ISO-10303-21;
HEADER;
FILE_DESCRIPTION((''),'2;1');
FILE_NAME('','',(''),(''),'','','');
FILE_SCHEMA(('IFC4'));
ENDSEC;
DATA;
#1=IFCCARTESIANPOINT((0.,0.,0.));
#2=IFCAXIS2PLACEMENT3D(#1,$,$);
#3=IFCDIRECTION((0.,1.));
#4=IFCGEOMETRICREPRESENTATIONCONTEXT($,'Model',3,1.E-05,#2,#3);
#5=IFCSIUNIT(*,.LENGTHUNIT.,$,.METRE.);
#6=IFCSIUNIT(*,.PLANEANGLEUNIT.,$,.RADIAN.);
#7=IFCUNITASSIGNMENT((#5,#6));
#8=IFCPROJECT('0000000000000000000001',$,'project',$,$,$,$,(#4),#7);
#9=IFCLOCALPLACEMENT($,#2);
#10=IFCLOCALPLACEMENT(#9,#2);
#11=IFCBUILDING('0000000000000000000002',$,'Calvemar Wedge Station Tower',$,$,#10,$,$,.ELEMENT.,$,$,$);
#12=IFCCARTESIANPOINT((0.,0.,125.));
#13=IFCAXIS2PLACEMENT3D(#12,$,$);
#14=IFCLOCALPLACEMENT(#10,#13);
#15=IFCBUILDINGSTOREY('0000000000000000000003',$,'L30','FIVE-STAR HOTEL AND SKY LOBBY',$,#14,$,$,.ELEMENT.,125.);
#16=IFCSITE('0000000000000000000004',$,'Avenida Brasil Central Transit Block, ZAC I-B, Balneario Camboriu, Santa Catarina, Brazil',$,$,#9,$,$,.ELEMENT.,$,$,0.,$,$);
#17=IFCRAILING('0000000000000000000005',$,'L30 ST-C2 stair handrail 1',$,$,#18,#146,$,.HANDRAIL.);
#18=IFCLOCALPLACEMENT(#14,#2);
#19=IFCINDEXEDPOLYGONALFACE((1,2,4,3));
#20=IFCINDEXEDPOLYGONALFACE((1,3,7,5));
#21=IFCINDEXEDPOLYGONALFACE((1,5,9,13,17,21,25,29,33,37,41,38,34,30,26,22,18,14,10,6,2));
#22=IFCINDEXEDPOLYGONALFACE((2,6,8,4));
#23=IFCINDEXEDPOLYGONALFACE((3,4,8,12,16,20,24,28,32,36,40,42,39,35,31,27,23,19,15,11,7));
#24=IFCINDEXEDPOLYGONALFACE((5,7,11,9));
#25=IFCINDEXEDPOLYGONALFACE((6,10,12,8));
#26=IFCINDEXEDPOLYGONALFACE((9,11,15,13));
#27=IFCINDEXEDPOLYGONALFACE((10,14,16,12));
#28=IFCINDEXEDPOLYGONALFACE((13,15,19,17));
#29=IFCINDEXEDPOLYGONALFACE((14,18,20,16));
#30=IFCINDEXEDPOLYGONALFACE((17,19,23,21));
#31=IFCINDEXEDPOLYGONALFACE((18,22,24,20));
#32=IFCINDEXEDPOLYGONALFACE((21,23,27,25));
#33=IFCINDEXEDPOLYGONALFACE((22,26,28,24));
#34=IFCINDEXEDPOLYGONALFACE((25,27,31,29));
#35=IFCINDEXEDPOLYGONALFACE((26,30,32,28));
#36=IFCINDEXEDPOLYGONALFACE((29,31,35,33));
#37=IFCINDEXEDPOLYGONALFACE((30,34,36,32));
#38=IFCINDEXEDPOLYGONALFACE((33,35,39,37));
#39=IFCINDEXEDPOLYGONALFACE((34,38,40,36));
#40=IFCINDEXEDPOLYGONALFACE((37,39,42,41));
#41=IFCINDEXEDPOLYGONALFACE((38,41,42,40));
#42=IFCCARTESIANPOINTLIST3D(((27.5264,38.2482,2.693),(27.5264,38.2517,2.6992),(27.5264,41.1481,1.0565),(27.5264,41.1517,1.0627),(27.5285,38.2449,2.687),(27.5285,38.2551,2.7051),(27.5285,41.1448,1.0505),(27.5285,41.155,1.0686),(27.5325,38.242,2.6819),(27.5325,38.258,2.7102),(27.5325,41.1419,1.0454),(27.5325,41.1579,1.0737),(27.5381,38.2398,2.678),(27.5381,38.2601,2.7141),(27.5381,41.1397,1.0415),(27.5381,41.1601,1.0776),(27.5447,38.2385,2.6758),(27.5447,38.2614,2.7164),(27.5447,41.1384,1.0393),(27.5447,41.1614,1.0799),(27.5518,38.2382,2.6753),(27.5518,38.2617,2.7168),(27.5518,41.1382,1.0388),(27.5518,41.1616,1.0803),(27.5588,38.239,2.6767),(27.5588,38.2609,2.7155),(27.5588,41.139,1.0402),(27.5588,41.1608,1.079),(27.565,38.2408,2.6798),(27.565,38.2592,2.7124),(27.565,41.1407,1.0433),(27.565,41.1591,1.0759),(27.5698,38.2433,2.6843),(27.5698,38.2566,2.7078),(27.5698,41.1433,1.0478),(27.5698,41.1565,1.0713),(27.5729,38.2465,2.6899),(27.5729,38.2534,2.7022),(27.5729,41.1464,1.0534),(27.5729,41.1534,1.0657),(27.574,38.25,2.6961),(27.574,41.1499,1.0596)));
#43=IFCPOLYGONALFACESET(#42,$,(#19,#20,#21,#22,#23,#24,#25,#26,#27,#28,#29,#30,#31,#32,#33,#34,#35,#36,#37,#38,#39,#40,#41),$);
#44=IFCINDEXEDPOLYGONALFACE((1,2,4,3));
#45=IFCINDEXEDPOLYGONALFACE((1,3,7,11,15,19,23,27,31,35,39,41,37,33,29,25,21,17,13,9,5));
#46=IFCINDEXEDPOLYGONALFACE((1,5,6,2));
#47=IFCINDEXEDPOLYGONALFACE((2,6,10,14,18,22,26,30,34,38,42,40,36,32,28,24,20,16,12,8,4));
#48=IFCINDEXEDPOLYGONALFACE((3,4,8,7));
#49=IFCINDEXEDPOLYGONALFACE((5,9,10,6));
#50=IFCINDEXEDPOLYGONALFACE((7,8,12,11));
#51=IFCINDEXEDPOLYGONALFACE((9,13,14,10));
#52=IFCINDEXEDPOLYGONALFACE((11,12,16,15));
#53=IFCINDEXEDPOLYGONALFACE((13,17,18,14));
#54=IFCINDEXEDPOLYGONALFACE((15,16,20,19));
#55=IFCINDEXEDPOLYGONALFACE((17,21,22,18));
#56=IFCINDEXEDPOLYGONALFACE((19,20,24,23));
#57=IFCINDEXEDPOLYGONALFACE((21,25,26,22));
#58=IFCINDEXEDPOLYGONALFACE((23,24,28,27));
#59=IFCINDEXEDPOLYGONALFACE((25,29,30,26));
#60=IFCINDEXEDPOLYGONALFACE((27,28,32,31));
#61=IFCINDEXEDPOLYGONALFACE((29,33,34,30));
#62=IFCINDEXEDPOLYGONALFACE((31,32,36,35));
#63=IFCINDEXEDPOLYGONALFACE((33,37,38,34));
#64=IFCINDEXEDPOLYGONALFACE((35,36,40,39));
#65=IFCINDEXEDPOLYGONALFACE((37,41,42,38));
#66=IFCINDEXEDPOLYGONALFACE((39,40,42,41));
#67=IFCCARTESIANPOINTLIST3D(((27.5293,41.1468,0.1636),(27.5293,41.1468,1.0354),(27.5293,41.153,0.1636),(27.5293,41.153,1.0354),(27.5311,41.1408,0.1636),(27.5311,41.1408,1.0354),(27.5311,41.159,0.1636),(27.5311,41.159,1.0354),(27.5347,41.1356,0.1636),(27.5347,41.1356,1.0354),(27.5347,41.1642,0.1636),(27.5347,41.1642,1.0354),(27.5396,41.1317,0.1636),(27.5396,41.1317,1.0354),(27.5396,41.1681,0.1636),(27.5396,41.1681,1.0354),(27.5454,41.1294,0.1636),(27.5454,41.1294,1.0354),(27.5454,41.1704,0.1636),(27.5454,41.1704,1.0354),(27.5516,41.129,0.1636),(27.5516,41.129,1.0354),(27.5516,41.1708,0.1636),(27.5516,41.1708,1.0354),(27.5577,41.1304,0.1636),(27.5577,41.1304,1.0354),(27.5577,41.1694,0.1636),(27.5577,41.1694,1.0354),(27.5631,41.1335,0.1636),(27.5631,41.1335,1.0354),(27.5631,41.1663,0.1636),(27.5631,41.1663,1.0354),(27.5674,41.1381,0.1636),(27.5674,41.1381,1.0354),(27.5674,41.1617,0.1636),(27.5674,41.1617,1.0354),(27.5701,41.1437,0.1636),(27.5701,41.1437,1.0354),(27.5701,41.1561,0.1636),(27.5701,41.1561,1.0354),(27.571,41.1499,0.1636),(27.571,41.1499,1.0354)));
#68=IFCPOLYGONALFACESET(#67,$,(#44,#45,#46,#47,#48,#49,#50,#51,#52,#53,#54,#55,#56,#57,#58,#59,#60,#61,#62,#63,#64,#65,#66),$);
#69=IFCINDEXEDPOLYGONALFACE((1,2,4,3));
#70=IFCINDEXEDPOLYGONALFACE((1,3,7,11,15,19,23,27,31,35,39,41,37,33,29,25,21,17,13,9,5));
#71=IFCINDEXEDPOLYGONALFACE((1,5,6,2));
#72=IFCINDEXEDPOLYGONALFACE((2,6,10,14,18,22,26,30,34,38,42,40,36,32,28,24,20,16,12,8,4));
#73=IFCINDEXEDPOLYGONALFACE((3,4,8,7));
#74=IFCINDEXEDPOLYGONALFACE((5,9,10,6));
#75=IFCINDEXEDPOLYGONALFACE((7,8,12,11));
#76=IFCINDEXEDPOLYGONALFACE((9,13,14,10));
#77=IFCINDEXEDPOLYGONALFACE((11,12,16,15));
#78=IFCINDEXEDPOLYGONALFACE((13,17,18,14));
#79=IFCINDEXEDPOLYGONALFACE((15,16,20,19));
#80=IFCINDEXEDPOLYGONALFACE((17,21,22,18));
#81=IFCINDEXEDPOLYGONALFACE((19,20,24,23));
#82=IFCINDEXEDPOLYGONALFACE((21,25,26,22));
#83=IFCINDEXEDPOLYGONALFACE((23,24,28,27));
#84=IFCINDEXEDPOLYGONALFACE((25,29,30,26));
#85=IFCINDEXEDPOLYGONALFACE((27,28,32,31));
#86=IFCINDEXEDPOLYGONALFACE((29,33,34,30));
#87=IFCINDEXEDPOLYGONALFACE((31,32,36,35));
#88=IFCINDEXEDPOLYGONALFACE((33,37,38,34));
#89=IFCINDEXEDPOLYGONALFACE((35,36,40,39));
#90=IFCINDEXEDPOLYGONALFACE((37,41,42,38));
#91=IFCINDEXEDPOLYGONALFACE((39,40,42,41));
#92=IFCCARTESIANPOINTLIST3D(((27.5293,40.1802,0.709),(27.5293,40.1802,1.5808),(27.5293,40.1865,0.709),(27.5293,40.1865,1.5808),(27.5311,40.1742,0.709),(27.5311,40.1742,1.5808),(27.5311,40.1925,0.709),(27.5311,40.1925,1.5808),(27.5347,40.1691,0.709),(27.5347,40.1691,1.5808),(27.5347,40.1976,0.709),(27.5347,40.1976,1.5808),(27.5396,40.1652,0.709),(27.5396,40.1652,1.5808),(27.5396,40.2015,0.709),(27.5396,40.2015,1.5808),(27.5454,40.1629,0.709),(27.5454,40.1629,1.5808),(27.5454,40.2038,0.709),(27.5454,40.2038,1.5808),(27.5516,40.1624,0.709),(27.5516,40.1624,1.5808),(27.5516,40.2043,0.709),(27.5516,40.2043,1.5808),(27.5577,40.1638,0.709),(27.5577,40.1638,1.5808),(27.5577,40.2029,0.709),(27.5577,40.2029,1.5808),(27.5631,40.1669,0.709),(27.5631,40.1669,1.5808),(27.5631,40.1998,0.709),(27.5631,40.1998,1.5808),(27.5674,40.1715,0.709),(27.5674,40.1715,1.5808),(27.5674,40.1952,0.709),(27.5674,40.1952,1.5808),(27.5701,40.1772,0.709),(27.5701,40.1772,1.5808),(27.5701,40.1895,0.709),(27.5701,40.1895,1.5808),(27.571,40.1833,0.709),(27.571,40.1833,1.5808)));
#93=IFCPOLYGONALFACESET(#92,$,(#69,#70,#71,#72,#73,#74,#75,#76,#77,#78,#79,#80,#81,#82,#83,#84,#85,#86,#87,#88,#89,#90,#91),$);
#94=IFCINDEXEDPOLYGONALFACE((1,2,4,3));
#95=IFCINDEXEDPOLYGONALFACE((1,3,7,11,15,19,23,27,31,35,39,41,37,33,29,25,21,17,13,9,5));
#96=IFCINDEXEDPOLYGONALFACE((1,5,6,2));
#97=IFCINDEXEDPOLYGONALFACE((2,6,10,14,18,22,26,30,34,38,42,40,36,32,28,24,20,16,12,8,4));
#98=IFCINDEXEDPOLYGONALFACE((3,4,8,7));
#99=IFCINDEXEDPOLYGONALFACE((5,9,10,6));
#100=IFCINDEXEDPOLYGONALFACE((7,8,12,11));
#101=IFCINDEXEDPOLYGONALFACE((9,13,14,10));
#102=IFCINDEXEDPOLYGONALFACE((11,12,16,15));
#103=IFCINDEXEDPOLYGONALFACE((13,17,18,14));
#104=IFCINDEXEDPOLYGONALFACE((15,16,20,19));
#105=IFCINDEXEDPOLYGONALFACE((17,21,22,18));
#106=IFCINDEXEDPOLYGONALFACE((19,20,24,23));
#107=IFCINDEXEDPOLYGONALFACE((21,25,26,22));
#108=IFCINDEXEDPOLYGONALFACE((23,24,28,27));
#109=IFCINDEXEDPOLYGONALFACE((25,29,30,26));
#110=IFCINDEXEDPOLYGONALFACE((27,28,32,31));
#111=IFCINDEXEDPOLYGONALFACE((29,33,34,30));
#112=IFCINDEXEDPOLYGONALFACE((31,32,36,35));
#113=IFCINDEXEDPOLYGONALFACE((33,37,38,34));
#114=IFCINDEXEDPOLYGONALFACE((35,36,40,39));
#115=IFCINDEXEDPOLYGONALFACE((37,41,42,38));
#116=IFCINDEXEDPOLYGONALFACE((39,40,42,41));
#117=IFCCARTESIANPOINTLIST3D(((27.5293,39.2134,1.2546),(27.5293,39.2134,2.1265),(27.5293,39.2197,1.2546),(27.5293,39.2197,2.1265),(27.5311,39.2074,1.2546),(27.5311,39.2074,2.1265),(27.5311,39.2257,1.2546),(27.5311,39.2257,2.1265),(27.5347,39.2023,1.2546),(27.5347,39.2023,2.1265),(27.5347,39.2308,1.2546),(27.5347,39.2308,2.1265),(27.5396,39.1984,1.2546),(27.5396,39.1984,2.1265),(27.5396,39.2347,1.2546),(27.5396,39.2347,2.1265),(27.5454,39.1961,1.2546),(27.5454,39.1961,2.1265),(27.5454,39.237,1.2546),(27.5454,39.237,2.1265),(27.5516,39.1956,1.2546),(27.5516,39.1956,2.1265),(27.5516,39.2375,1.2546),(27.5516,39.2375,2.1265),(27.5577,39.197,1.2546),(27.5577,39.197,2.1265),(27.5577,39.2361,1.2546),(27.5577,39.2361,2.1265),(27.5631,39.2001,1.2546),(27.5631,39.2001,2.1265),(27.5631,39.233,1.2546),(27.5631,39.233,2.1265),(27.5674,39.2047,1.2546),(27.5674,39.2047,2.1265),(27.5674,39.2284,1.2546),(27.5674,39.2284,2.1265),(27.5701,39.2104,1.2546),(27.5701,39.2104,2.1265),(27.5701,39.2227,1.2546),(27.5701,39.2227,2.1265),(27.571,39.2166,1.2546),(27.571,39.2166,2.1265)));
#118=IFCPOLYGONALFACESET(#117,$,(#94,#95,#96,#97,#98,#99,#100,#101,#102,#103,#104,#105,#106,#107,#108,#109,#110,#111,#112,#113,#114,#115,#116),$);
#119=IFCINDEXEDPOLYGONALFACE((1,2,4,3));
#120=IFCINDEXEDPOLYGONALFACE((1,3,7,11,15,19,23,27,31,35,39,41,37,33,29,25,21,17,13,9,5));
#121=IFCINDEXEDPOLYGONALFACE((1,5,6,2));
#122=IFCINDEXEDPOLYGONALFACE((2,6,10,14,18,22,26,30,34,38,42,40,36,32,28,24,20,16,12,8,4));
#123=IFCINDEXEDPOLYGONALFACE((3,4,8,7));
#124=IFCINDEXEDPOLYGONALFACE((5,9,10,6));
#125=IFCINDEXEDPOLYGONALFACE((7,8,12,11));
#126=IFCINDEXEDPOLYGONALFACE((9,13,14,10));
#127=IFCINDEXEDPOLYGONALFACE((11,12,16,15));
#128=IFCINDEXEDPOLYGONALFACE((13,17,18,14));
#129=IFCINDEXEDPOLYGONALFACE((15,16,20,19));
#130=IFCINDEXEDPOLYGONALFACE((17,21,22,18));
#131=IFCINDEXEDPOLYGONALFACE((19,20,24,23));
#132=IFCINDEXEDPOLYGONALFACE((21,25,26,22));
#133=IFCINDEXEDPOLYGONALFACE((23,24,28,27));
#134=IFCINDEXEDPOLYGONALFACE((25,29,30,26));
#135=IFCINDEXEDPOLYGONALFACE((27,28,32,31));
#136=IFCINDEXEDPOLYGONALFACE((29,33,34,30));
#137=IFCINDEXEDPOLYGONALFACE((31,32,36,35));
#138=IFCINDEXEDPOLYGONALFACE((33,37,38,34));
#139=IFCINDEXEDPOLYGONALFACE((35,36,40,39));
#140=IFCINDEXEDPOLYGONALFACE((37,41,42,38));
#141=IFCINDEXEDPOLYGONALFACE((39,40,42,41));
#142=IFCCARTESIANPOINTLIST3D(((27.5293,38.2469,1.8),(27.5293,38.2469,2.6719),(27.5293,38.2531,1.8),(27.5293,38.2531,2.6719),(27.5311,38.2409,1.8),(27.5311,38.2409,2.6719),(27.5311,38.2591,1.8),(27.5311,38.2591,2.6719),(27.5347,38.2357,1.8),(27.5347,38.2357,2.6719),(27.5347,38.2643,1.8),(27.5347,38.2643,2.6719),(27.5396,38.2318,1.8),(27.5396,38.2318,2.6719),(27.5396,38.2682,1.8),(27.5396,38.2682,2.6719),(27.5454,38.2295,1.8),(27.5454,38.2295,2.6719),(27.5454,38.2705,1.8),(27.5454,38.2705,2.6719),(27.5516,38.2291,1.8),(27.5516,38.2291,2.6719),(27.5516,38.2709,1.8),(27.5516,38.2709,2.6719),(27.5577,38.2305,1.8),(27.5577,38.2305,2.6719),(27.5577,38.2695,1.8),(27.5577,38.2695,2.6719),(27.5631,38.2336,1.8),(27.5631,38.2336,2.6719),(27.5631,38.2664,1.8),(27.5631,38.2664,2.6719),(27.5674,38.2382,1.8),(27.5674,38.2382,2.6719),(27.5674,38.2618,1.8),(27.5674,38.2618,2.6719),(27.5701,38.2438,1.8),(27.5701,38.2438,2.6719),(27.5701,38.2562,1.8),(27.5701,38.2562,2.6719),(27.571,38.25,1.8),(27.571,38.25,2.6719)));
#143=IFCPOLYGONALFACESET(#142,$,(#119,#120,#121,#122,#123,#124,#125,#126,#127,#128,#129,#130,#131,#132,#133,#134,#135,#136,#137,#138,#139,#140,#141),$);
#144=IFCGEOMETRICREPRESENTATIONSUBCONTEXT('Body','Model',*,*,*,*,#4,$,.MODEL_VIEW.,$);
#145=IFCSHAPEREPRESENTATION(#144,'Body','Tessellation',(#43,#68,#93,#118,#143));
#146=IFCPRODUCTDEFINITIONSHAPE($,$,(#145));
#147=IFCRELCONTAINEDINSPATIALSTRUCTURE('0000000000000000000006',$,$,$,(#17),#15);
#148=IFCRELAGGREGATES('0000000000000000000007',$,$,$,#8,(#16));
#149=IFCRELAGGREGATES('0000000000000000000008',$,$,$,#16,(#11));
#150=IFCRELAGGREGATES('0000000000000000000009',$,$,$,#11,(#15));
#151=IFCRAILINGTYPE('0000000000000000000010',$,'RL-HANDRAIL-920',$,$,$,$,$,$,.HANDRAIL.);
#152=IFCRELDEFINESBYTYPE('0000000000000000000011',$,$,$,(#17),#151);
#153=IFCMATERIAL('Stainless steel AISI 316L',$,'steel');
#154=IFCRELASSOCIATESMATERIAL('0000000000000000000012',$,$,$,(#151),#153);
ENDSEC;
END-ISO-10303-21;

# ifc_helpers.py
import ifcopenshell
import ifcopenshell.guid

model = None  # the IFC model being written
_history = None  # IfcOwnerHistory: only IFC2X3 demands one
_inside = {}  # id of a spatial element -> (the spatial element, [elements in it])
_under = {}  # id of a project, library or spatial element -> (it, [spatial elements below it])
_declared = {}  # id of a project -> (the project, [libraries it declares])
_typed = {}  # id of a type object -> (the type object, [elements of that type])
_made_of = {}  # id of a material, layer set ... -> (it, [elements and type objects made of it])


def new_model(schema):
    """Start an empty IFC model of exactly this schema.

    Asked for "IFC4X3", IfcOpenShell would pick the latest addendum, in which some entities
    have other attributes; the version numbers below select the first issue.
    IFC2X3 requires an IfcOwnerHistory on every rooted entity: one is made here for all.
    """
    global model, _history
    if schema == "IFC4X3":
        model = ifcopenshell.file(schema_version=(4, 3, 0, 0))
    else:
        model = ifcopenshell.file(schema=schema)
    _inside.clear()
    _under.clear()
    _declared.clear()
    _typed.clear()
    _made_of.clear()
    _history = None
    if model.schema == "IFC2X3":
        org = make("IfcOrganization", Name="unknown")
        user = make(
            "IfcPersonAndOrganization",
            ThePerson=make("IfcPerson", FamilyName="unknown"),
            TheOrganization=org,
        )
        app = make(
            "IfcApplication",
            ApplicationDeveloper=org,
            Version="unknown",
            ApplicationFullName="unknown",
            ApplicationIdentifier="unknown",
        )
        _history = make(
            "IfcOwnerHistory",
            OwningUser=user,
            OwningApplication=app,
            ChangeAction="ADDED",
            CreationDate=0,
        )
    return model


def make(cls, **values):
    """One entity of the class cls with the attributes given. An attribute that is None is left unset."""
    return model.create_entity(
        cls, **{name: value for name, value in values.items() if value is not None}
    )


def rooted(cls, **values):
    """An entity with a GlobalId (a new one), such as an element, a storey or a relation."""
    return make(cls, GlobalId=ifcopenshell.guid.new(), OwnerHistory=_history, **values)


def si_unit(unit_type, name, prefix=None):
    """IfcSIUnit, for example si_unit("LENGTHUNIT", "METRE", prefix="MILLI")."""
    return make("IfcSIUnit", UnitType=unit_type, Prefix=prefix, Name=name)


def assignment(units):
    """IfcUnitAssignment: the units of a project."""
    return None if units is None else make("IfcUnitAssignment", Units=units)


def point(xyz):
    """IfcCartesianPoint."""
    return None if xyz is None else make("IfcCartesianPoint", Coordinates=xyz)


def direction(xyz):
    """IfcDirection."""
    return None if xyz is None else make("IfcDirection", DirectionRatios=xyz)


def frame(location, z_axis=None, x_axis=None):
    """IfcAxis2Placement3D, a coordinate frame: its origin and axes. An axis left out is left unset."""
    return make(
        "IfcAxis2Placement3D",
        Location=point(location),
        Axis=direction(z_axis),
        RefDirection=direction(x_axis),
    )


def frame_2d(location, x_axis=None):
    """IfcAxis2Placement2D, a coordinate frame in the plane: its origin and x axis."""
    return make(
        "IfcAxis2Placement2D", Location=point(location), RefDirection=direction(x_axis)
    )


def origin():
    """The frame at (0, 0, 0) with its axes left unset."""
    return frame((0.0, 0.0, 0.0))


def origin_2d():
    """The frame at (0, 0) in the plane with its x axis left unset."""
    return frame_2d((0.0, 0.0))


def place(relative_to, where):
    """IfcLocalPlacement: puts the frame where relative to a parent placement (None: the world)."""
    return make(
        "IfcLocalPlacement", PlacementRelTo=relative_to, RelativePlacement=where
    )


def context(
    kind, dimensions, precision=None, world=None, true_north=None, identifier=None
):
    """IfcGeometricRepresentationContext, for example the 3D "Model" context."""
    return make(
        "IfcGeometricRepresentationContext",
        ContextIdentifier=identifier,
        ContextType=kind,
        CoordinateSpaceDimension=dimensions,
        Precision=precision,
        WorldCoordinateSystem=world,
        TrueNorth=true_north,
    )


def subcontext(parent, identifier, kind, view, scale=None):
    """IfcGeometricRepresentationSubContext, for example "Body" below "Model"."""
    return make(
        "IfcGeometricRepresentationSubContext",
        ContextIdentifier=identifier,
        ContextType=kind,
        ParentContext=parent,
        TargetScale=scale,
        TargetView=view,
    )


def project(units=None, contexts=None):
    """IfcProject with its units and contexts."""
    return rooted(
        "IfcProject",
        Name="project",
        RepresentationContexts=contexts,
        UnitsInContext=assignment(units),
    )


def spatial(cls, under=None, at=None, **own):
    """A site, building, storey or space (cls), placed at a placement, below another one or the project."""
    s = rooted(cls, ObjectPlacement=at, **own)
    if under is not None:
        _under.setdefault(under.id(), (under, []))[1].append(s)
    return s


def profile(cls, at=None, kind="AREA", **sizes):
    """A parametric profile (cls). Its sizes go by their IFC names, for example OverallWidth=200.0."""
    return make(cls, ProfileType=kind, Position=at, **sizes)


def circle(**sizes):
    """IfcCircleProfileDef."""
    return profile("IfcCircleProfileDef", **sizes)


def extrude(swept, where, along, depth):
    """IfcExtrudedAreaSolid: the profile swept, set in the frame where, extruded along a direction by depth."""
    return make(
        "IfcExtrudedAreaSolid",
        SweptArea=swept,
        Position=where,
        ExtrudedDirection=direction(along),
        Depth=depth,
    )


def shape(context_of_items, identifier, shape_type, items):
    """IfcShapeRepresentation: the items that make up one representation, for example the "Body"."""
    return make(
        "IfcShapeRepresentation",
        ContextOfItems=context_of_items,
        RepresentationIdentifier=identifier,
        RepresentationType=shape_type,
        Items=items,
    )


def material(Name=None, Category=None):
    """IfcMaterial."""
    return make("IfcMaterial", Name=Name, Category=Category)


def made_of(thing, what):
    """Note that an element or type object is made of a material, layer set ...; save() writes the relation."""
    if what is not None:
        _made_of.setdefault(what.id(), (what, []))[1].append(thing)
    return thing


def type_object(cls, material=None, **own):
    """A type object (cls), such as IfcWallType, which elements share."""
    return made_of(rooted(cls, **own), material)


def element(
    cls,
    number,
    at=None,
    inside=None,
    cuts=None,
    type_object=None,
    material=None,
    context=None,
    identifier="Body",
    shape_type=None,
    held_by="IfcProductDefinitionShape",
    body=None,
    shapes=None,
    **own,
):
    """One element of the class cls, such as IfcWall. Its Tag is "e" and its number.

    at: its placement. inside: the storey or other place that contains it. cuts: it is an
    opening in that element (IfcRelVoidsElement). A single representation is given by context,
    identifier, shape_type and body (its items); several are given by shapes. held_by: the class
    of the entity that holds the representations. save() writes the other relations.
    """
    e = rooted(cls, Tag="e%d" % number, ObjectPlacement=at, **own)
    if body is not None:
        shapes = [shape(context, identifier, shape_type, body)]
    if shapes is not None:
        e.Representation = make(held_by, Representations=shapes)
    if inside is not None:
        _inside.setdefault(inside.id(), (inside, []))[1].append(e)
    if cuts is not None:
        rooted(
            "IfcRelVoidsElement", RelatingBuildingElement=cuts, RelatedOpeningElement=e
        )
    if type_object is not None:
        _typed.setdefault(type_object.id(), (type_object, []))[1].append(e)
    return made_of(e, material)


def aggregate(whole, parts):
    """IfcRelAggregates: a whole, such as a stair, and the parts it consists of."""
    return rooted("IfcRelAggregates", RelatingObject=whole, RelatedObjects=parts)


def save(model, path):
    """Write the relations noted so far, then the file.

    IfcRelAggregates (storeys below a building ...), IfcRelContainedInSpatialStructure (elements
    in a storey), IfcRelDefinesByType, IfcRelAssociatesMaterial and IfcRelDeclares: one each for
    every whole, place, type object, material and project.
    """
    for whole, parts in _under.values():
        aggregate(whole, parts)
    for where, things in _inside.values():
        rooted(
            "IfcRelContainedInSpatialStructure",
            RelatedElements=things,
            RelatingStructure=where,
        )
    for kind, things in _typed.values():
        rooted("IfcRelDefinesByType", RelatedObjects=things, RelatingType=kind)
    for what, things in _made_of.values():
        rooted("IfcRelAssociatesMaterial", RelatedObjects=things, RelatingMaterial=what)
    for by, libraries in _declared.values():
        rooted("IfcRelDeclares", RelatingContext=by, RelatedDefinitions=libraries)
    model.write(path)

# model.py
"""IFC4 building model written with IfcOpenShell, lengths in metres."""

from ifc_helpers import new_model, si_unit, direction, frame, origin, origin_2d, place, context, subcontext, project, spatial, circle, extrude, material, type_object, element, save


model = new_model("IFC4")

# Units and contexts
model_context = context("Model", 3, precision=1e-05, world=origin(), true_north=direction((0.0, 1.0)))
body_context = subcontext(model_context, "Body", "Model", "MODEL_VIEW")
ifc_project = project(units=[si_unit("LENGTHUNIT", "METRE"), si_unit("PLANEANGLEUNIT", "RADIAN")], contexts=[model_context])

# Site, building, storey
site_placement = place(None, origin())
site = spatial("IfcSite", under=ifc_project, at=site_placement, Name="Avenida Brasil Central Transit Block, ZAC I-B, Balneario Camboriu, Santa Catarina, Brazil", CompositionType="ELEMENT", RefElevation=0.0)
building_placement = place(site_placement, origin())
building = spatial("IfcBuilding", under=site, at=building_placement, Name="Calvemar Wedge Station Tower", CompositionType="ELEMENT")
storey_placement = place(building_placement, frame((0.0, 0.0, 125.0)))
storey = spatial("IfcBuildingStorey", under=building, at=storey_placement, Name="L30", Description="FIVE-STAR HOTEL AND SKY LOBBY", CompositionType="ELEMENT", Elevation=125.0)

# Railing
ifc_material_1 = material(Name="Stainless steel AISI 316L", Category="steel")
railing_type_1 = type_object("IfcRailingType", Name="RL-HANDRAIL-920", PredefinedType="HANDRAIL", material=ifc_material_1)
railing_1_placement = place(storey_placement, frame((27.55, 41.1499, 0.1636)))
element("IfcRailing", 1, at=railing_1_placement, inside=storey, type_object=railing_type_1, Name="L30 ST-C2 stair handrail 1", PredefinedType="HANDRAIL", context=body_context, shape_type="SweptSolid", body=[
    extrude(circle(Radius=0.0239, at=origin_2d()), frame((0.0, 0.0, 0.896), z_axis=(0.0, -0.870897, 0.491465), x_axis=(1.0, 0.0, 0.0)), (0.0, 0.0, 1.0), 3.3298),
    extrude(circle(Radius=0.021, at=origin_2d()), origin(), (0.0, 0.0, 1.0), 0.8718),
    extrude(circle(Radius=0.021, at=origin_2d()), frame((0.0, -0.9666, 0.5454)), (0.0, 0.0, 1.0), 0.8718),
    extrude(circle(Radius=0.021, at=origin_2d()), frame((0.0, -1.9333, 1.0911)), (0.0, 0.0, 1.0), 0.8718),
    extrude(circle(Radius=0.021, at=origin_2d()), frame((0.0, -2.8999, 1.6365)), (0.0, 0.0, 1.0), 0.8718),
])

save(model, "model.ifc")
